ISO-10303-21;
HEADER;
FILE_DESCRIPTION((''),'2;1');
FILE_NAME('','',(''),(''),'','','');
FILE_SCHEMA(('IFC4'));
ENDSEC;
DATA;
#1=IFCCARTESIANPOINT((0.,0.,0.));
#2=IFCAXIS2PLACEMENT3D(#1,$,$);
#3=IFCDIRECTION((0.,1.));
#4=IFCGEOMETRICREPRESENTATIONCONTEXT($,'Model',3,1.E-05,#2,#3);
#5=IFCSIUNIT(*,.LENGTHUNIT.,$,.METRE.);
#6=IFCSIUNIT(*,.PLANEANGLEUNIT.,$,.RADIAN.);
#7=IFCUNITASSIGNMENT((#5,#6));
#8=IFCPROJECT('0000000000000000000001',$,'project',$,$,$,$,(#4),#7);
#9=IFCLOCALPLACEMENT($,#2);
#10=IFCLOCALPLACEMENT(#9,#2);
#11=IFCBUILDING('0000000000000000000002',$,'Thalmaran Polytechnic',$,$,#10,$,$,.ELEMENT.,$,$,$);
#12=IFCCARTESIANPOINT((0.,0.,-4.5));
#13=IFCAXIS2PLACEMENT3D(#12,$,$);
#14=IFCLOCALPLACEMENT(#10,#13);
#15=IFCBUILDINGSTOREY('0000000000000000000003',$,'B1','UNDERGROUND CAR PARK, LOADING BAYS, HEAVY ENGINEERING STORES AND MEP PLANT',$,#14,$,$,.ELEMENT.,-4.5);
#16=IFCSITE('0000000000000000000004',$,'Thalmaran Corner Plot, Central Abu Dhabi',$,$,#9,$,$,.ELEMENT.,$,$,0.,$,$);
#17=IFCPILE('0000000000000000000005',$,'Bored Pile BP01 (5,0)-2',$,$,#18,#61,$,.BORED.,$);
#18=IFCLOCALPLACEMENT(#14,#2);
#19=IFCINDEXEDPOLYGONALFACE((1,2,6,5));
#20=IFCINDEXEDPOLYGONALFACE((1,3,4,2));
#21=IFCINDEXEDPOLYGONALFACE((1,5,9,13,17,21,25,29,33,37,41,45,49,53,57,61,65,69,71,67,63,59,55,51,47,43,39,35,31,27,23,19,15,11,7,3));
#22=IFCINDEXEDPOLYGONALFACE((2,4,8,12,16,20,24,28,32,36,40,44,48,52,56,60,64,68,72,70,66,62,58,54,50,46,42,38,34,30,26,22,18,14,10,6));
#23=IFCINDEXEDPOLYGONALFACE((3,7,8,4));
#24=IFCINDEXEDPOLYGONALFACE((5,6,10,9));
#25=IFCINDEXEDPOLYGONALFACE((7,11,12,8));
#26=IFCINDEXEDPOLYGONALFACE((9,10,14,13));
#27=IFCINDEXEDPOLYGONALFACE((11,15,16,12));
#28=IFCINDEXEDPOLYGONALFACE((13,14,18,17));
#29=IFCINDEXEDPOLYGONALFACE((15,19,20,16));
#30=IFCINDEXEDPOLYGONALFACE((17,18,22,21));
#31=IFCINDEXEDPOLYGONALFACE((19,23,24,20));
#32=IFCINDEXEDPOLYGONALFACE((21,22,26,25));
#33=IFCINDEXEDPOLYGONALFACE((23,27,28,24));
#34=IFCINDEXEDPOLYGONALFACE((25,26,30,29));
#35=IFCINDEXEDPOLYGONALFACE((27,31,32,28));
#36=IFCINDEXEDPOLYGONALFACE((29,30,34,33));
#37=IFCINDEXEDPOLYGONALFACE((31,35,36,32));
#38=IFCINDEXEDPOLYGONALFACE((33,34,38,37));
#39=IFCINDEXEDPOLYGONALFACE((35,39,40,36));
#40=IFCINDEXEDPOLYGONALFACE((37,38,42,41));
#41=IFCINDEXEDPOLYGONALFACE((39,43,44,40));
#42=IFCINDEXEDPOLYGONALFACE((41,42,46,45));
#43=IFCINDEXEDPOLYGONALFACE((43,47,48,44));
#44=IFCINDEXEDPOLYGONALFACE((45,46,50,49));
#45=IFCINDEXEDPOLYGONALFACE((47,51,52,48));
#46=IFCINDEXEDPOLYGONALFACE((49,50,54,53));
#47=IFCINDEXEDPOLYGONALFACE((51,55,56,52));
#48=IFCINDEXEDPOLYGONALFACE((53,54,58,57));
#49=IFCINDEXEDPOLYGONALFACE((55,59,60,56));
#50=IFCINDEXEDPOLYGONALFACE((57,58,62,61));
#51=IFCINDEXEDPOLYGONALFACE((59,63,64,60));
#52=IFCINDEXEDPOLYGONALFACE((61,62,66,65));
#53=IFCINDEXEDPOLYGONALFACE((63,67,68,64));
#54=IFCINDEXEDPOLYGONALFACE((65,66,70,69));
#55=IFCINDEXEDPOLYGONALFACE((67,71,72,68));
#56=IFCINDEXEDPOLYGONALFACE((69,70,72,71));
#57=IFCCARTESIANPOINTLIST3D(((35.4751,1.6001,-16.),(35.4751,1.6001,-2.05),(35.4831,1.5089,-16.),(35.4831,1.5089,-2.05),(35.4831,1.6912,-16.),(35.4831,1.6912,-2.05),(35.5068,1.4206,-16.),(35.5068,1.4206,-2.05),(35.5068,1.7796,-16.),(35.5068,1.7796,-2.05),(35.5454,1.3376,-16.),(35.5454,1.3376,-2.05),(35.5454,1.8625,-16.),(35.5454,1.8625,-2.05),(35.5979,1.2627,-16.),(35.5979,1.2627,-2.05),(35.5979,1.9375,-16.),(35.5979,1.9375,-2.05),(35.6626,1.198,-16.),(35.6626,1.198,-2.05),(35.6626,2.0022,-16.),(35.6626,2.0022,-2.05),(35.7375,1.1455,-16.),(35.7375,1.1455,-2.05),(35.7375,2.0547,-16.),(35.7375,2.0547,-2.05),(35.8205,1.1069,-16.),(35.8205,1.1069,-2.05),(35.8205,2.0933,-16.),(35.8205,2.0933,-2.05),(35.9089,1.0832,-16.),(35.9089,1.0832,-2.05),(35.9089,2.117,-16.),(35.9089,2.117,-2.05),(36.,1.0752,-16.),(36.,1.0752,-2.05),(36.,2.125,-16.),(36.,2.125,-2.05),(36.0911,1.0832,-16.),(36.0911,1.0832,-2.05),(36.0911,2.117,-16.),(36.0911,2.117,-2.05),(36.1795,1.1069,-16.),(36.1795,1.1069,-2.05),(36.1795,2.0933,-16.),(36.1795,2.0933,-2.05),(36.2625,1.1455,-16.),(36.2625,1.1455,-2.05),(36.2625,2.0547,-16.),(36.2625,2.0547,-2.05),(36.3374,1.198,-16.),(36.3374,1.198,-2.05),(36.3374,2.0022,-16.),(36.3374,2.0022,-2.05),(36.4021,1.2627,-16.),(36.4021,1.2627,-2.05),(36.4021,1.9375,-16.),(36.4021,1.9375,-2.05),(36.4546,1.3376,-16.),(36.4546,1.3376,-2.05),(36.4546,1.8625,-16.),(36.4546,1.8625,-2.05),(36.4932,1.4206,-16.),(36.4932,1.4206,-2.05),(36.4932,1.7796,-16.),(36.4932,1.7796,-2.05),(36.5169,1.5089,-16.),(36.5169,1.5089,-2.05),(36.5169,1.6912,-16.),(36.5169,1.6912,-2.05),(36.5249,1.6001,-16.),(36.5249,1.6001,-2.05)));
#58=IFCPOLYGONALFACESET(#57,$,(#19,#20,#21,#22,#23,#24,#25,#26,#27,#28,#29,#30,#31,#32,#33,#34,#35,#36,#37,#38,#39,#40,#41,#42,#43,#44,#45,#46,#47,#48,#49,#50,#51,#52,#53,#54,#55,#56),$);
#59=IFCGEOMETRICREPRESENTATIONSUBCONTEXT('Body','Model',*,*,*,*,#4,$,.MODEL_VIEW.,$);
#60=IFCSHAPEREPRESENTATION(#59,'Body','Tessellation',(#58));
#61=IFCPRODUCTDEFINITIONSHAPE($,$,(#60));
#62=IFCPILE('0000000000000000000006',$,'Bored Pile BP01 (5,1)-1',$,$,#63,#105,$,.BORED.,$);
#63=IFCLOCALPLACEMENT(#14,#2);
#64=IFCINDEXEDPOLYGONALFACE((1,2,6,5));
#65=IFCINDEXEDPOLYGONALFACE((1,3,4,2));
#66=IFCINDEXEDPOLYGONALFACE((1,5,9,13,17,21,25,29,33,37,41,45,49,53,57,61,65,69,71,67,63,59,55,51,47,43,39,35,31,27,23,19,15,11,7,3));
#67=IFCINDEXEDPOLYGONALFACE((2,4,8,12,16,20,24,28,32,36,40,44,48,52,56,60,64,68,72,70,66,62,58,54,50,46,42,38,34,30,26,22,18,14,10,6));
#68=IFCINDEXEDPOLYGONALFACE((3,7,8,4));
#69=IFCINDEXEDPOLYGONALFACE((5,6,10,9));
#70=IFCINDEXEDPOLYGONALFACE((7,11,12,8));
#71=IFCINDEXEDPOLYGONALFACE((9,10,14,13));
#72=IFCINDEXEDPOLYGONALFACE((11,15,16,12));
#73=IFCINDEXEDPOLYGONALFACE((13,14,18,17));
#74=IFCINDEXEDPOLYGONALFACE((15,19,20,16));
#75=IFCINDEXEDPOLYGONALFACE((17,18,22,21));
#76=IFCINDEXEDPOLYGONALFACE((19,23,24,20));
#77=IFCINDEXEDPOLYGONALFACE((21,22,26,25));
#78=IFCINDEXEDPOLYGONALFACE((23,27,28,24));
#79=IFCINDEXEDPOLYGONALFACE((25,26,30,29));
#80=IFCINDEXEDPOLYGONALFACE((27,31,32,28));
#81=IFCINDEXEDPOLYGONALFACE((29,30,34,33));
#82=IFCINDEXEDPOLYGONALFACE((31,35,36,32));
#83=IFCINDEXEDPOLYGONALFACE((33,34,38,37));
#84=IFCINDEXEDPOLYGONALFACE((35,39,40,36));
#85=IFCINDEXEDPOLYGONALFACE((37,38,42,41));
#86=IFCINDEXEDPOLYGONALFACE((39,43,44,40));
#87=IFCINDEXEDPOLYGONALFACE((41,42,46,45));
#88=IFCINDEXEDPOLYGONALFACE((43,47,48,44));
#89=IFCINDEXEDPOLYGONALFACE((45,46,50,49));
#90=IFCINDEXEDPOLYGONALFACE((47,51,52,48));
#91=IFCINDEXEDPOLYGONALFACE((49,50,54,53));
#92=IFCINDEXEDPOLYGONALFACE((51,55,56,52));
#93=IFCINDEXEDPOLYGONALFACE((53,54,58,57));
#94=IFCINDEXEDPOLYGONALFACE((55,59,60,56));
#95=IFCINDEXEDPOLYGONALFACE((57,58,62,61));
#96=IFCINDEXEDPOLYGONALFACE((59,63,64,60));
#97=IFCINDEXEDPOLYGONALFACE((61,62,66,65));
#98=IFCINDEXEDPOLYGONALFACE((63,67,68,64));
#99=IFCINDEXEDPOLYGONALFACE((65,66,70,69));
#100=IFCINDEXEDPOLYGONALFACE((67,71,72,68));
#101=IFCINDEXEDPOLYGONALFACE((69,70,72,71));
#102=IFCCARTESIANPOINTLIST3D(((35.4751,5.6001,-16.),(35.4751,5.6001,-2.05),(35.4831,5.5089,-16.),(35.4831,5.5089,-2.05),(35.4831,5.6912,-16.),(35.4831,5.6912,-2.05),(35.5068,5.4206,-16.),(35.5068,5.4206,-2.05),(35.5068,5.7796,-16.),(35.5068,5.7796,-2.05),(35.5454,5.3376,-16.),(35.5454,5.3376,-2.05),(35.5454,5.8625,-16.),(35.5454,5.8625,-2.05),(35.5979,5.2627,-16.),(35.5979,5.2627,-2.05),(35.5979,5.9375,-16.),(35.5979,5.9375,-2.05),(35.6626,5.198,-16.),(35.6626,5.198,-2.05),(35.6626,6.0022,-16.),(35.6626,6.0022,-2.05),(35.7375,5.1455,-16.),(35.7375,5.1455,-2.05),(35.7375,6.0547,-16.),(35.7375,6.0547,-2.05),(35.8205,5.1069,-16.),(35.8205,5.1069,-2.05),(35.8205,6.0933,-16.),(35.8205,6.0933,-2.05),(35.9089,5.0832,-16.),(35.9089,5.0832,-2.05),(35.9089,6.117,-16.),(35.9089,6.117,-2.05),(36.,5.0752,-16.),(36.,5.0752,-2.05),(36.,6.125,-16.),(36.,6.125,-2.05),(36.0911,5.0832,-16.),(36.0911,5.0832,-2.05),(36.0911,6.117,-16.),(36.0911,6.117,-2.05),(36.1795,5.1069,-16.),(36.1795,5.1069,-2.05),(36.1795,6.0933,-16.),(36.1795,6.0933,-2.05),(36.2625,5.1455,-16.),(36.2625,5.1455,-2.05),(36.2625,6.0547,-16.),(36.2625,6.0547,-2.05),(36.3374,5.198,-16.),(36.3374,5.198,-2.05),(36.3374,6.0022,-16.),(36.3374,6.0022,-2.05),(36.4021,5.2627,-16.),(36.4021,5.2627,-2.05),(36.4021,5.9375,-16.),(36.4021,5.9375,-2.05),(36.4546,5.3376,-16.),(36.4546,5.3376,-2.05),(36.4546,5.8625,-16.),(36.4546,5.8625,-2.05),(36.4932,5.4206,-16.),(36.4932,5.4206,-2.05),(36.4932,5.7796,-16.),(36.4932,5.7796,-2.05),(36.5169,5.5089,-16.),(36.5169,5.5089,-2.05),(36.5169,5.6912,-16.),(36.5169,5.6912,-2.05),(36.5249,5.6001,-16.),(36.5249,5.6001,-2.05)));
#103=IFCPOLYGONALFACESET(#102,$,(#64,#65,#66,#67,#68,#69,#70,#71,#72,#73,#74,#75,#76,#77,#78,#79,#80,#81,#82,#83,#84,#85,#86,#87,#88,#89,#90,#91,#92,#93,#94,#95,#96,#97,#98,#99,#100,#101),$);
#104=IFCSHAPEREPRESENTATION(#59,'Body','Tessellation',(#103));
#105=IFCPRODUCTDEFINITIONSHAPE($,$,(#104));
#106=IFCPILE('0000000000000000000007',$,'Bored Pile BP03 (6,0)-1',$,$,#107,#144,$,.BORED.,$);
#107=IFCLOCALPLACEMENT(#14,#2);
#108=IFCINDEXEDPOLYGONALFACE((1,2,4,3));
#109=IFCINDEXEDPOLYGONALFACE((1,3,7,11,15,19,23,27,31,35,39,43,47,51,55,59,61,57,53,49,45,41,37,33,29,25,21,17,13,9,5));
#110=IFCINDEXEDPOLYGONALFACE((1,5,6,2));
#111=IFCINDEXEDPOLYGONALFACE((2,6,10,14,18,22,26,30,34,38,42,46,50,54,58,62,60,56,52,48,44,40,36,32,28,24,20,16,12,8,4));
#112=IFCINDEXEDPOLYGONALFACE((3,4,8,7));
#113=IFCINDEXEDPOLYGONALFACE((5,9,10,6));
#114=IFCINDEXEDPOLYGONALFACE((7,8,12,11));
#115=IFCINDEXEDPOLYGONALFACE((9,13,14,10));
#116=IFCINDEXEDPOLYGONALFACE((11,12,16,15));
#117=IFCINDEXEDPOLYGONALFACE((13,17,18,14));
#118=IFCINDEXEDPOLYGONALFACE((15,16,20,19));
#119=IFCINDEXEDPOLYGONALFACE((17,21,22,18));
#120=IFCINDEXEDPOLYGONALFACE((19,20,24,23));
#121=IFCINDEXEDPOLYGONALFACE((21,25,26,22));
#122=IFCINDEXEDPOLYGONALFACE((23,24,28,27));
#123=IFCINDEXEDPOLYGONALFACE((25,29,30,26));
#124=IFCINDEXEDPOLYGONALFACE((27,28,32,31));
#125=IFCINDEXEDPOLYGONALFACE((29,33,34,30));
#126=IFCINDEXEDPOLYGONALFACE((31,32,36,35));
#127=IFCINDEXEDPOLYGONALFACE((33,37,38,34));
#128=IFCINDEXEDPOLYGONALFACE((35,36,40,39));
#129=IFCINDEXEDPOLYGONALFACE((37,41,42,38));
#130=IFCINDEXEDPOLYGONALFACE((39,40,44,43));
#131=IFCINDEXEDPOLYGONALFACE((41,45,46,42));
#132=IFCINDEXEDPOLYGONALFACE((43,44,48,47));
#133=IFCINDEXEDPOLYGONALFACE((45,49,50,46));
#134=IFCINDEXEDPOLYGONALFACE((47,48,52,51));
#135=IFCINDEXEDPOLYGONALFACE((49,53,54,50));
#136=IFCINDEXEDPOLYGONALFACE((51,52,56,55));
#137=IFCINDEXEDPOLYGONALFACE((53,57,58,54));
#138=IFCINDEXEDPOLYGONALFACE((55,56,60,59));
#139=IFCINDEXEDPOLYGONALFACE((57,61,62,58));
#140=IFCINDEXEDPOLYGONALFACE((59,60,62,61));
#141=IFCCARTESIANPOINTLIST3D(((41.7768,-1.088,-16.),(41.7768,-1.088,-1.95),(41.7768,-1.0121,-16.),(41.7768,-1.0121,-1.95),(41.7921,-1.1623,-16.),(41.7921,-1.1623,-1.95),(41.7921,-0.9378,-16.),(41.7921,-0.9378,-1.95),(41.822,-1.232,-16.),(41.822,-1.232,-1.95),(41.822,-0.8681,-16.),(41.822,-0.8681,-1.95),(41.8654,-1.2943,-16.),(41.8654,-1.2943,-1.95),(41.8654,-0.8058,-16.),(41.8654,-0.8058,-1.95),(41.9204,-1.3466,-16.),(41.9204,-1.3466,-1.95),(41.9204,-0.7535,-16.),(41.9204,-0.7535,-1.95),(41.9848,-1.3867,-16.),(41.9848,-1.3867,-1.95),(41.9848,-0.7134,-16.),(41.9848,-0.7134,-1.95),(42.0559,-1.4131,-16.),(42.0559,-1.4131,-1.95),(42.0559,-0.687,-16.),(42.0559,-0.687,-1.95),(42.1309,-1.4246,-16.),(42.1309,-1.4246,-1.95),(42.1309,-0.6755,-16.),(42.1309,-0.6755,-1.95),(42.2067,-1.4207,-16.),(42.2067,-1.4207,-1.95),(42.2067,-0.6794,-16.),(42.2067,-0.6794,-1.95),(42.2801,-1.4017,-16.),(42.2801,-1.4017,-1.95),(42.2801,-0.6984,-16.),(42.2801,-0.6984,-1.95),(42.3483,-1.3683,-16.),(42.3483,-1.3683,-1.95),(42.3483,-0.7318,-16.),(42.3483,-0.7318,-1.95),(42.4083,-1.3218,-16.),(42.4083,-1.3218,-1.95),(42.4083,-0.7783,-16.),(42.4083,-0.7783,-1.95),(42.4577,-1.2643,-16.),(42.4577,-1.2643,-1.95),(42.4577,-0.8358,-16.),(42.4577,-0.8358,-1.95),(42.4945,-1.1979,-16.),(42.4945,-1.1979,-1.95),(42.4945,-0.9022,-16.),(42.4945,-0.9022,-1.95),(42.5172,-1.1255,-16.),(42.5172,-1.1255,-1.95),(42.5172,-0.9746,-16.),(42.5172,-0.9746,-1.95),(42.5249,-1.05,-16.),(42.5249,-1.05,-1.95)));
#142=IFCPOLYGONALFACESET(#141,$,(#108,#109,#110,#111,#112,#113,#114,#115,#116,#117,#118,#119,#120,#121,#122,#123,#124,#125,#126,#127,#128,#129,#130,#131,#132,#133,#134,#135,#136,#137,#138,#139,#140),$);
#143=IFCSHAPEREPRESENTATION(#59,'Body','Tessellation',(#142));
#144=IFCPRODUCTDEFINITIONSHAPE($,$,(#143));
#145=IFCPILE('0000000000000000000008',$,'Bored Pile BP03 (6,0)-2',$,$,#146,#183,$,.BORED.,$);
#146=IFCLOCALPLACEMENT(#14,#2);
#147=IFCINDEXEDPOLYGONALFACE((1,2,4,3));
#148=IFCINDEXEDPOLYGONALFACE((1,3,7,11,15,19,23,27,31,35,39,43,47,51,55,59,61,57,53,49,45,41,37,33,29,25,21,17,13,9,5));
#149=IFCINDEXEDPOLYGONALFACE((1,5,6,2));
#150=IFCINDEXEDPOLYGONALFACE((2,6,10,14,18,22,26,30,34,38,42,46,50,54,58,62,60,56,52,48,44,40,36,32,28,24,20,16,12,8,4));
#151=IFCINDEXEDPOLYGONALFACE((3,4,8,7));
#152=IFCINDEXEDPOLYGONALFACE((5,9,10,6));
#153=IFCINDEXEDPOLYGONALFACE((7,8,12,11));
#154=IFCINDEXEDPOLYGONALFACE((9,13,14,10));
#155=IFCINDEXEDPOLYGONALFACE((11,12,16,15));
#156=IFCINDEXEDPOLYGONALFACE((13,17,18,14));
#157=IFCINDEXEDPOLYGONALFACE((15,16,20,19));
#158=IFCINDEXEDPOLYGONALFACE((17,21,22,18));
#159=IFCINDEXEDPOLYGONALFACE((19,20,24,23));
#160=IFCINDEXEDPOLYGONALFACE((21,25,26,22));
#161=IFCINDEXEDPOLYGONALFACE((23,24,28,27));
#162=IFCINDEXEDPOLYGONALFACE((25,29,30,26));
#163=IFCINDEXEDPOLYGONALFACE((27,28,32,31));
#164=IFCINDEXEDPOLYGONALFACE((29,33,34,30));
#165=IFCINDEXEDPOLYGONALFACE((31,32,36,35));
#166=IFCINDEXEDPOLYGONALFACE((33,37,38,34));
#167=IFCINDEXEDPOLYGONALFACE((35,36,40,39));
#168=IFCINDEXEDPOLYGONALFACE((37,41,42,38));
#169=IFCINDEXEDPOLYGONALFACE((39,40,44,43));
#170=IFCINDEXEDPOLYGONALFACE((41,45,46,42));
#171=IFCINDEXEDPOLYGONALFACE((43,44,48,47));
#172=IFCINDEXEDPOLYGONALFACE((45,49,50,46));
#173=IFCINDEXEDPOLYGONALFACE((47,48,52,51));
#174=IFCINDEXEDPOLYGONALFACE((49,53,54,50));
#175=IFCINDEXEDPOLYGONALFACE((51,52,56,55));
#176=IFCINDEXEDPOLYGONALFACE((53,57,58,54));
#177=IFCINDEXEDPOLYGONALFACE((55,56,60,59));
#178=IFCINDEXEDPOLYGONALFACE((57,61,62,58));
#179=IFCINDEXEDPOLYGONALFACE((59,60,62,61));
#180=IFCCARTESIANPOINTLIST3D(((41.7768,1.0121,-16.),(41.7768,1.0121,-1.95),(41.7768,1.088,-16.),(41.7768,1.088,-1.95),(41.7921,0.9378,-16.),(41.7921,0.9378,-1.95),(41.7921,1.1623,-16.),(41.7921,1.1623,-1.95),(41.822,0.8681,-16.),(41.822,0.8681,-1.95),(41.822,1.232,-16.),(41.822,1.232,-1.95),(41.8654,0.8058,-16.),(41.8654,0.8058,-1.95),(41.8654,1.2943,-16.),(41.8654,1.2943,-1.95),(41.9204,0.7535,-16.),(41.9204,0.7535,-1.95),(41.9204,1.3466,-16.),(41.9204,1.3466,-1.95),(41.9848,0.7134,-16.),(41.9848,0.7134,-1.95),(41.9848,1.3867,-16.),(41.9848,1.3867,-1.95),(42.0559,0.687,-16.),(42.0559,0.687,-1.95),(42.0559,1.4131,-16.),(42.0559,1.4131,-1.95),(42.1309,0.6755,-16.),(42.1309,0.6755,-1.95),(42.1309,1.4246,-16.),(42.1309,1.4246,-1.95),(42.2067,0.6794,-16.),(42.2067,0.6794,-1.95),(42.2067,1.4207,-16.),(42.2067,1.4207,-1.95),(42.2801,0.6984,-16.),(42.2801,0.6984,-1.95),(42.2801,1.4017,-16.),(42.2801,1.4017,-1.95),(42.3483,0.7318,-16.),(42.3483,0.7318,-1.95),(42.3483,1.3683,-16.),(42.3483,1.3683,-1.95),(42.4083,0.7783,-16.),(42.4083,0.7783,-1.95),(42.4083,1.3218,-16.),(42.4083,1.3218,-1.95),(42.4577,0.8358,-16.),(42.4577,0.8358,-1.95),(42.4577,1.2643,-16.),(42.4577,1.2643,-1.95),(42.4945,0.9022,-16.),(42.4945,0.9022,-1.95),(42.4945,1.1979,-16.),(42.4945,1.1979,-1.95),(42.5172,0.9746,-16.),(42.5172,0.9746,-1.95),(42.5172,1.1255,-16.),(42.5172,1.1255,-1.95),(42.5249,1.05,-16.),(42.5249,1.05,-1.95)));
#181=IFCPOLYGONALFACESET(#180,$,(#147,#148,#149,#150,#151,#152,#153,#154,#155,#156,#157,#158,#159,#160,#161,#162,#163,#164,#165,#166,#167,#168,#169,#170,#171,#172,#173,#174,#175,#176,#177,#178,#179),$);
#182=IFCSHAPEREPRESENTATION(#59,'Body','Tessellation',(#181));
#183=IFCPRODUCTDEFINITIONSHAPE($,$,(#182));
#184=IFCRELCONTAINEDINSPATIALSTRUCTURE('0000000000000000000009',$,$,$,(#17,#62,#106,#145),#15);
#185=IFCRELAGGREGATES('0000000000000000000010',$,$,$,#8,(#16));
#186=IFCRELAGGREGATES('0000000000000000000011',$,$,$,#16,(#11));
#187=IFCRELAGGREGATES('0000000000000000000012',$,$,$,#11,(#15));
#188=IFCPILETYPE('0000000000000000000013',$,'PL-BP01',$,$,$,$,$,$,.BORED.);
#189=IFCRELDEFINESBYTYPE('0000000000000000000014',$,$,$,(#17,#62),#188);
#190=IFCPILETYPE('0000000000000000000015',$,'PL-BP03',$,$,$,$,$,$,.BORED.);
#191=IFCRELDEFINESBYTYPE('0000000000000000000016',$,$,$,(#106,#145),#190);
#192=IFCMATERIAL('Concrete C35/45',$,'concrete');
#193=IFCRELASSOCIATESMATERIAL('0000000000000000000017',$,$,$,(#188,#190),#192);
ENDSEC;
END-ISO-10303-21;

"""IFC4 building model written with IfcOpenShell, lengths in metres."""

from ifc_helpers import new_model, si_unit, direction, frame, origin, origin_2d, place, context, subcontext, project, spatial, circle, extrude, material, material_profile, profile_set, type_object, element, save


model = new_model("IFC4")

# Units and contexts
model_context = context("Model", 3, precision=1e-05, world=origin(), true_north=direction((0.0, 1.0)))
body_context = subcontext(model_context, "Body", "Model", "MODEL_VIEW")
ifc_project = project(units=[si_unit("LENGTHUNIT", "METRE"), si_unit("PLANEANGLEUNIT", "RADIAN")], contexts=[model_context])

# Site, building, storey
site_placement = place(None, origin())
site = spatial("IfcSite", under=ifc_project, at=site_placement, Name="Thalmaran Corner Plot, Central Abu Dhabi", CompositionType="ELEMENT", RefElevation=0.0)
building_placement = place(site_placement, origin())
building = spatial("IfcBuilding", under=site, at=building_placement, Name="Thalmaran Polytechnic", CompositionType="ELEMENT")
storey_placement = place(building_placement, frame((0.0, 0.0, -4.5)))
storey = spatial("IfcBuildingStorey", under=building, at=storey_placement, Name="B1", Description="UNDERGROUND CAR PARK, LOADING BAYS, HEAVY ENGINEERING STORES AND MEP PLANT", CompositionType="ELEMENT", Elevation=-4.5)

# Piles
ifc_material_1 = material(Name="Concrete C35/45", Category="concrete")
ifc_material_profile_1 = material_profile(ifc_material_1, circle(Radius=0.5249, at=origin_2d()), Name="RC 1050 DIA")
ifc_profile_set_1 = profile_set([ifc_material_profile_1], Name="Concrete C35/45")
pile_type_1 = type_object("IfcPileType", Name="PL-BP01", PredefinedType="BORED", material=ifc_profile_set_1)
for number, where, z_axis, x_axis, name in (
    (1, (36.0, 1.6001, -2.05), (0.0, 0.0, -1.0), (1.0, 0.0, 0.0), "Bored Pile BP01 (5,0)-2"),
    (2, (36.0, 5.6001, -2.05), (0.0, 0.0, -1.0), (1.0, 0.0, 0.0), "Bored Pile BP01 (5,1)-1"),
):
    element("IfcPile", number, at=place(storey_placement, frame(where, z_axis=z_axis, x_axis=x_axis)), inside=storey, type_object=pile_type_1, Name=name, PredefinedType="BORED", context=body_context, shape_type="SweptSolid", body=[
        extrude(circle(Radius=0.5249, at=origin_2d()), origin(), (0.0, 0.0, 1.0), 13.95),
    ])
ifc_material_profile_2 = material_profile(ifc_material_1, circle(Radius=0.375, at=origin_2d()), Name="RC 750 DIA")
ifc_profile_set_2 = profile_set([ifc_material_profile_2], Name="Concrete C35/45")
pile_type_2 = type_object("IfcPileType", Name="PL-BP03", PredefinedType="BORED", material=ifc_profile_set_2)
for number, where, z_axis, x_axis, name in (
    (3, (42.1499, -1.05, -1.95), (0.0, 0.0, -1.0), (1.0, 0.0, 0.0), "Bored Pile BP03 (6,0)-1"),
    (4, (42.1499, 1.05, -1.95), (0.0, 0.0, -1.0), (1.0, 0.0, 0.0), "Bored Pile BP03 (6,0)-2"),
):
    element("IfcPile", number, at=place(storey_placement, frame(where, z_axis=z_axis, x_axis=x_axis)), inside=storey, type_object=pile_type_2, Name=name, PredefinedType="BORED", context=body_context, shape_type="SweptSolid", body=[
        extrude(circle(Radius=0.375, at=origin_2d()), origin(), (0.0, 0.0, 1.0), 14.05),
    ])

save(model, "model.ifc")
